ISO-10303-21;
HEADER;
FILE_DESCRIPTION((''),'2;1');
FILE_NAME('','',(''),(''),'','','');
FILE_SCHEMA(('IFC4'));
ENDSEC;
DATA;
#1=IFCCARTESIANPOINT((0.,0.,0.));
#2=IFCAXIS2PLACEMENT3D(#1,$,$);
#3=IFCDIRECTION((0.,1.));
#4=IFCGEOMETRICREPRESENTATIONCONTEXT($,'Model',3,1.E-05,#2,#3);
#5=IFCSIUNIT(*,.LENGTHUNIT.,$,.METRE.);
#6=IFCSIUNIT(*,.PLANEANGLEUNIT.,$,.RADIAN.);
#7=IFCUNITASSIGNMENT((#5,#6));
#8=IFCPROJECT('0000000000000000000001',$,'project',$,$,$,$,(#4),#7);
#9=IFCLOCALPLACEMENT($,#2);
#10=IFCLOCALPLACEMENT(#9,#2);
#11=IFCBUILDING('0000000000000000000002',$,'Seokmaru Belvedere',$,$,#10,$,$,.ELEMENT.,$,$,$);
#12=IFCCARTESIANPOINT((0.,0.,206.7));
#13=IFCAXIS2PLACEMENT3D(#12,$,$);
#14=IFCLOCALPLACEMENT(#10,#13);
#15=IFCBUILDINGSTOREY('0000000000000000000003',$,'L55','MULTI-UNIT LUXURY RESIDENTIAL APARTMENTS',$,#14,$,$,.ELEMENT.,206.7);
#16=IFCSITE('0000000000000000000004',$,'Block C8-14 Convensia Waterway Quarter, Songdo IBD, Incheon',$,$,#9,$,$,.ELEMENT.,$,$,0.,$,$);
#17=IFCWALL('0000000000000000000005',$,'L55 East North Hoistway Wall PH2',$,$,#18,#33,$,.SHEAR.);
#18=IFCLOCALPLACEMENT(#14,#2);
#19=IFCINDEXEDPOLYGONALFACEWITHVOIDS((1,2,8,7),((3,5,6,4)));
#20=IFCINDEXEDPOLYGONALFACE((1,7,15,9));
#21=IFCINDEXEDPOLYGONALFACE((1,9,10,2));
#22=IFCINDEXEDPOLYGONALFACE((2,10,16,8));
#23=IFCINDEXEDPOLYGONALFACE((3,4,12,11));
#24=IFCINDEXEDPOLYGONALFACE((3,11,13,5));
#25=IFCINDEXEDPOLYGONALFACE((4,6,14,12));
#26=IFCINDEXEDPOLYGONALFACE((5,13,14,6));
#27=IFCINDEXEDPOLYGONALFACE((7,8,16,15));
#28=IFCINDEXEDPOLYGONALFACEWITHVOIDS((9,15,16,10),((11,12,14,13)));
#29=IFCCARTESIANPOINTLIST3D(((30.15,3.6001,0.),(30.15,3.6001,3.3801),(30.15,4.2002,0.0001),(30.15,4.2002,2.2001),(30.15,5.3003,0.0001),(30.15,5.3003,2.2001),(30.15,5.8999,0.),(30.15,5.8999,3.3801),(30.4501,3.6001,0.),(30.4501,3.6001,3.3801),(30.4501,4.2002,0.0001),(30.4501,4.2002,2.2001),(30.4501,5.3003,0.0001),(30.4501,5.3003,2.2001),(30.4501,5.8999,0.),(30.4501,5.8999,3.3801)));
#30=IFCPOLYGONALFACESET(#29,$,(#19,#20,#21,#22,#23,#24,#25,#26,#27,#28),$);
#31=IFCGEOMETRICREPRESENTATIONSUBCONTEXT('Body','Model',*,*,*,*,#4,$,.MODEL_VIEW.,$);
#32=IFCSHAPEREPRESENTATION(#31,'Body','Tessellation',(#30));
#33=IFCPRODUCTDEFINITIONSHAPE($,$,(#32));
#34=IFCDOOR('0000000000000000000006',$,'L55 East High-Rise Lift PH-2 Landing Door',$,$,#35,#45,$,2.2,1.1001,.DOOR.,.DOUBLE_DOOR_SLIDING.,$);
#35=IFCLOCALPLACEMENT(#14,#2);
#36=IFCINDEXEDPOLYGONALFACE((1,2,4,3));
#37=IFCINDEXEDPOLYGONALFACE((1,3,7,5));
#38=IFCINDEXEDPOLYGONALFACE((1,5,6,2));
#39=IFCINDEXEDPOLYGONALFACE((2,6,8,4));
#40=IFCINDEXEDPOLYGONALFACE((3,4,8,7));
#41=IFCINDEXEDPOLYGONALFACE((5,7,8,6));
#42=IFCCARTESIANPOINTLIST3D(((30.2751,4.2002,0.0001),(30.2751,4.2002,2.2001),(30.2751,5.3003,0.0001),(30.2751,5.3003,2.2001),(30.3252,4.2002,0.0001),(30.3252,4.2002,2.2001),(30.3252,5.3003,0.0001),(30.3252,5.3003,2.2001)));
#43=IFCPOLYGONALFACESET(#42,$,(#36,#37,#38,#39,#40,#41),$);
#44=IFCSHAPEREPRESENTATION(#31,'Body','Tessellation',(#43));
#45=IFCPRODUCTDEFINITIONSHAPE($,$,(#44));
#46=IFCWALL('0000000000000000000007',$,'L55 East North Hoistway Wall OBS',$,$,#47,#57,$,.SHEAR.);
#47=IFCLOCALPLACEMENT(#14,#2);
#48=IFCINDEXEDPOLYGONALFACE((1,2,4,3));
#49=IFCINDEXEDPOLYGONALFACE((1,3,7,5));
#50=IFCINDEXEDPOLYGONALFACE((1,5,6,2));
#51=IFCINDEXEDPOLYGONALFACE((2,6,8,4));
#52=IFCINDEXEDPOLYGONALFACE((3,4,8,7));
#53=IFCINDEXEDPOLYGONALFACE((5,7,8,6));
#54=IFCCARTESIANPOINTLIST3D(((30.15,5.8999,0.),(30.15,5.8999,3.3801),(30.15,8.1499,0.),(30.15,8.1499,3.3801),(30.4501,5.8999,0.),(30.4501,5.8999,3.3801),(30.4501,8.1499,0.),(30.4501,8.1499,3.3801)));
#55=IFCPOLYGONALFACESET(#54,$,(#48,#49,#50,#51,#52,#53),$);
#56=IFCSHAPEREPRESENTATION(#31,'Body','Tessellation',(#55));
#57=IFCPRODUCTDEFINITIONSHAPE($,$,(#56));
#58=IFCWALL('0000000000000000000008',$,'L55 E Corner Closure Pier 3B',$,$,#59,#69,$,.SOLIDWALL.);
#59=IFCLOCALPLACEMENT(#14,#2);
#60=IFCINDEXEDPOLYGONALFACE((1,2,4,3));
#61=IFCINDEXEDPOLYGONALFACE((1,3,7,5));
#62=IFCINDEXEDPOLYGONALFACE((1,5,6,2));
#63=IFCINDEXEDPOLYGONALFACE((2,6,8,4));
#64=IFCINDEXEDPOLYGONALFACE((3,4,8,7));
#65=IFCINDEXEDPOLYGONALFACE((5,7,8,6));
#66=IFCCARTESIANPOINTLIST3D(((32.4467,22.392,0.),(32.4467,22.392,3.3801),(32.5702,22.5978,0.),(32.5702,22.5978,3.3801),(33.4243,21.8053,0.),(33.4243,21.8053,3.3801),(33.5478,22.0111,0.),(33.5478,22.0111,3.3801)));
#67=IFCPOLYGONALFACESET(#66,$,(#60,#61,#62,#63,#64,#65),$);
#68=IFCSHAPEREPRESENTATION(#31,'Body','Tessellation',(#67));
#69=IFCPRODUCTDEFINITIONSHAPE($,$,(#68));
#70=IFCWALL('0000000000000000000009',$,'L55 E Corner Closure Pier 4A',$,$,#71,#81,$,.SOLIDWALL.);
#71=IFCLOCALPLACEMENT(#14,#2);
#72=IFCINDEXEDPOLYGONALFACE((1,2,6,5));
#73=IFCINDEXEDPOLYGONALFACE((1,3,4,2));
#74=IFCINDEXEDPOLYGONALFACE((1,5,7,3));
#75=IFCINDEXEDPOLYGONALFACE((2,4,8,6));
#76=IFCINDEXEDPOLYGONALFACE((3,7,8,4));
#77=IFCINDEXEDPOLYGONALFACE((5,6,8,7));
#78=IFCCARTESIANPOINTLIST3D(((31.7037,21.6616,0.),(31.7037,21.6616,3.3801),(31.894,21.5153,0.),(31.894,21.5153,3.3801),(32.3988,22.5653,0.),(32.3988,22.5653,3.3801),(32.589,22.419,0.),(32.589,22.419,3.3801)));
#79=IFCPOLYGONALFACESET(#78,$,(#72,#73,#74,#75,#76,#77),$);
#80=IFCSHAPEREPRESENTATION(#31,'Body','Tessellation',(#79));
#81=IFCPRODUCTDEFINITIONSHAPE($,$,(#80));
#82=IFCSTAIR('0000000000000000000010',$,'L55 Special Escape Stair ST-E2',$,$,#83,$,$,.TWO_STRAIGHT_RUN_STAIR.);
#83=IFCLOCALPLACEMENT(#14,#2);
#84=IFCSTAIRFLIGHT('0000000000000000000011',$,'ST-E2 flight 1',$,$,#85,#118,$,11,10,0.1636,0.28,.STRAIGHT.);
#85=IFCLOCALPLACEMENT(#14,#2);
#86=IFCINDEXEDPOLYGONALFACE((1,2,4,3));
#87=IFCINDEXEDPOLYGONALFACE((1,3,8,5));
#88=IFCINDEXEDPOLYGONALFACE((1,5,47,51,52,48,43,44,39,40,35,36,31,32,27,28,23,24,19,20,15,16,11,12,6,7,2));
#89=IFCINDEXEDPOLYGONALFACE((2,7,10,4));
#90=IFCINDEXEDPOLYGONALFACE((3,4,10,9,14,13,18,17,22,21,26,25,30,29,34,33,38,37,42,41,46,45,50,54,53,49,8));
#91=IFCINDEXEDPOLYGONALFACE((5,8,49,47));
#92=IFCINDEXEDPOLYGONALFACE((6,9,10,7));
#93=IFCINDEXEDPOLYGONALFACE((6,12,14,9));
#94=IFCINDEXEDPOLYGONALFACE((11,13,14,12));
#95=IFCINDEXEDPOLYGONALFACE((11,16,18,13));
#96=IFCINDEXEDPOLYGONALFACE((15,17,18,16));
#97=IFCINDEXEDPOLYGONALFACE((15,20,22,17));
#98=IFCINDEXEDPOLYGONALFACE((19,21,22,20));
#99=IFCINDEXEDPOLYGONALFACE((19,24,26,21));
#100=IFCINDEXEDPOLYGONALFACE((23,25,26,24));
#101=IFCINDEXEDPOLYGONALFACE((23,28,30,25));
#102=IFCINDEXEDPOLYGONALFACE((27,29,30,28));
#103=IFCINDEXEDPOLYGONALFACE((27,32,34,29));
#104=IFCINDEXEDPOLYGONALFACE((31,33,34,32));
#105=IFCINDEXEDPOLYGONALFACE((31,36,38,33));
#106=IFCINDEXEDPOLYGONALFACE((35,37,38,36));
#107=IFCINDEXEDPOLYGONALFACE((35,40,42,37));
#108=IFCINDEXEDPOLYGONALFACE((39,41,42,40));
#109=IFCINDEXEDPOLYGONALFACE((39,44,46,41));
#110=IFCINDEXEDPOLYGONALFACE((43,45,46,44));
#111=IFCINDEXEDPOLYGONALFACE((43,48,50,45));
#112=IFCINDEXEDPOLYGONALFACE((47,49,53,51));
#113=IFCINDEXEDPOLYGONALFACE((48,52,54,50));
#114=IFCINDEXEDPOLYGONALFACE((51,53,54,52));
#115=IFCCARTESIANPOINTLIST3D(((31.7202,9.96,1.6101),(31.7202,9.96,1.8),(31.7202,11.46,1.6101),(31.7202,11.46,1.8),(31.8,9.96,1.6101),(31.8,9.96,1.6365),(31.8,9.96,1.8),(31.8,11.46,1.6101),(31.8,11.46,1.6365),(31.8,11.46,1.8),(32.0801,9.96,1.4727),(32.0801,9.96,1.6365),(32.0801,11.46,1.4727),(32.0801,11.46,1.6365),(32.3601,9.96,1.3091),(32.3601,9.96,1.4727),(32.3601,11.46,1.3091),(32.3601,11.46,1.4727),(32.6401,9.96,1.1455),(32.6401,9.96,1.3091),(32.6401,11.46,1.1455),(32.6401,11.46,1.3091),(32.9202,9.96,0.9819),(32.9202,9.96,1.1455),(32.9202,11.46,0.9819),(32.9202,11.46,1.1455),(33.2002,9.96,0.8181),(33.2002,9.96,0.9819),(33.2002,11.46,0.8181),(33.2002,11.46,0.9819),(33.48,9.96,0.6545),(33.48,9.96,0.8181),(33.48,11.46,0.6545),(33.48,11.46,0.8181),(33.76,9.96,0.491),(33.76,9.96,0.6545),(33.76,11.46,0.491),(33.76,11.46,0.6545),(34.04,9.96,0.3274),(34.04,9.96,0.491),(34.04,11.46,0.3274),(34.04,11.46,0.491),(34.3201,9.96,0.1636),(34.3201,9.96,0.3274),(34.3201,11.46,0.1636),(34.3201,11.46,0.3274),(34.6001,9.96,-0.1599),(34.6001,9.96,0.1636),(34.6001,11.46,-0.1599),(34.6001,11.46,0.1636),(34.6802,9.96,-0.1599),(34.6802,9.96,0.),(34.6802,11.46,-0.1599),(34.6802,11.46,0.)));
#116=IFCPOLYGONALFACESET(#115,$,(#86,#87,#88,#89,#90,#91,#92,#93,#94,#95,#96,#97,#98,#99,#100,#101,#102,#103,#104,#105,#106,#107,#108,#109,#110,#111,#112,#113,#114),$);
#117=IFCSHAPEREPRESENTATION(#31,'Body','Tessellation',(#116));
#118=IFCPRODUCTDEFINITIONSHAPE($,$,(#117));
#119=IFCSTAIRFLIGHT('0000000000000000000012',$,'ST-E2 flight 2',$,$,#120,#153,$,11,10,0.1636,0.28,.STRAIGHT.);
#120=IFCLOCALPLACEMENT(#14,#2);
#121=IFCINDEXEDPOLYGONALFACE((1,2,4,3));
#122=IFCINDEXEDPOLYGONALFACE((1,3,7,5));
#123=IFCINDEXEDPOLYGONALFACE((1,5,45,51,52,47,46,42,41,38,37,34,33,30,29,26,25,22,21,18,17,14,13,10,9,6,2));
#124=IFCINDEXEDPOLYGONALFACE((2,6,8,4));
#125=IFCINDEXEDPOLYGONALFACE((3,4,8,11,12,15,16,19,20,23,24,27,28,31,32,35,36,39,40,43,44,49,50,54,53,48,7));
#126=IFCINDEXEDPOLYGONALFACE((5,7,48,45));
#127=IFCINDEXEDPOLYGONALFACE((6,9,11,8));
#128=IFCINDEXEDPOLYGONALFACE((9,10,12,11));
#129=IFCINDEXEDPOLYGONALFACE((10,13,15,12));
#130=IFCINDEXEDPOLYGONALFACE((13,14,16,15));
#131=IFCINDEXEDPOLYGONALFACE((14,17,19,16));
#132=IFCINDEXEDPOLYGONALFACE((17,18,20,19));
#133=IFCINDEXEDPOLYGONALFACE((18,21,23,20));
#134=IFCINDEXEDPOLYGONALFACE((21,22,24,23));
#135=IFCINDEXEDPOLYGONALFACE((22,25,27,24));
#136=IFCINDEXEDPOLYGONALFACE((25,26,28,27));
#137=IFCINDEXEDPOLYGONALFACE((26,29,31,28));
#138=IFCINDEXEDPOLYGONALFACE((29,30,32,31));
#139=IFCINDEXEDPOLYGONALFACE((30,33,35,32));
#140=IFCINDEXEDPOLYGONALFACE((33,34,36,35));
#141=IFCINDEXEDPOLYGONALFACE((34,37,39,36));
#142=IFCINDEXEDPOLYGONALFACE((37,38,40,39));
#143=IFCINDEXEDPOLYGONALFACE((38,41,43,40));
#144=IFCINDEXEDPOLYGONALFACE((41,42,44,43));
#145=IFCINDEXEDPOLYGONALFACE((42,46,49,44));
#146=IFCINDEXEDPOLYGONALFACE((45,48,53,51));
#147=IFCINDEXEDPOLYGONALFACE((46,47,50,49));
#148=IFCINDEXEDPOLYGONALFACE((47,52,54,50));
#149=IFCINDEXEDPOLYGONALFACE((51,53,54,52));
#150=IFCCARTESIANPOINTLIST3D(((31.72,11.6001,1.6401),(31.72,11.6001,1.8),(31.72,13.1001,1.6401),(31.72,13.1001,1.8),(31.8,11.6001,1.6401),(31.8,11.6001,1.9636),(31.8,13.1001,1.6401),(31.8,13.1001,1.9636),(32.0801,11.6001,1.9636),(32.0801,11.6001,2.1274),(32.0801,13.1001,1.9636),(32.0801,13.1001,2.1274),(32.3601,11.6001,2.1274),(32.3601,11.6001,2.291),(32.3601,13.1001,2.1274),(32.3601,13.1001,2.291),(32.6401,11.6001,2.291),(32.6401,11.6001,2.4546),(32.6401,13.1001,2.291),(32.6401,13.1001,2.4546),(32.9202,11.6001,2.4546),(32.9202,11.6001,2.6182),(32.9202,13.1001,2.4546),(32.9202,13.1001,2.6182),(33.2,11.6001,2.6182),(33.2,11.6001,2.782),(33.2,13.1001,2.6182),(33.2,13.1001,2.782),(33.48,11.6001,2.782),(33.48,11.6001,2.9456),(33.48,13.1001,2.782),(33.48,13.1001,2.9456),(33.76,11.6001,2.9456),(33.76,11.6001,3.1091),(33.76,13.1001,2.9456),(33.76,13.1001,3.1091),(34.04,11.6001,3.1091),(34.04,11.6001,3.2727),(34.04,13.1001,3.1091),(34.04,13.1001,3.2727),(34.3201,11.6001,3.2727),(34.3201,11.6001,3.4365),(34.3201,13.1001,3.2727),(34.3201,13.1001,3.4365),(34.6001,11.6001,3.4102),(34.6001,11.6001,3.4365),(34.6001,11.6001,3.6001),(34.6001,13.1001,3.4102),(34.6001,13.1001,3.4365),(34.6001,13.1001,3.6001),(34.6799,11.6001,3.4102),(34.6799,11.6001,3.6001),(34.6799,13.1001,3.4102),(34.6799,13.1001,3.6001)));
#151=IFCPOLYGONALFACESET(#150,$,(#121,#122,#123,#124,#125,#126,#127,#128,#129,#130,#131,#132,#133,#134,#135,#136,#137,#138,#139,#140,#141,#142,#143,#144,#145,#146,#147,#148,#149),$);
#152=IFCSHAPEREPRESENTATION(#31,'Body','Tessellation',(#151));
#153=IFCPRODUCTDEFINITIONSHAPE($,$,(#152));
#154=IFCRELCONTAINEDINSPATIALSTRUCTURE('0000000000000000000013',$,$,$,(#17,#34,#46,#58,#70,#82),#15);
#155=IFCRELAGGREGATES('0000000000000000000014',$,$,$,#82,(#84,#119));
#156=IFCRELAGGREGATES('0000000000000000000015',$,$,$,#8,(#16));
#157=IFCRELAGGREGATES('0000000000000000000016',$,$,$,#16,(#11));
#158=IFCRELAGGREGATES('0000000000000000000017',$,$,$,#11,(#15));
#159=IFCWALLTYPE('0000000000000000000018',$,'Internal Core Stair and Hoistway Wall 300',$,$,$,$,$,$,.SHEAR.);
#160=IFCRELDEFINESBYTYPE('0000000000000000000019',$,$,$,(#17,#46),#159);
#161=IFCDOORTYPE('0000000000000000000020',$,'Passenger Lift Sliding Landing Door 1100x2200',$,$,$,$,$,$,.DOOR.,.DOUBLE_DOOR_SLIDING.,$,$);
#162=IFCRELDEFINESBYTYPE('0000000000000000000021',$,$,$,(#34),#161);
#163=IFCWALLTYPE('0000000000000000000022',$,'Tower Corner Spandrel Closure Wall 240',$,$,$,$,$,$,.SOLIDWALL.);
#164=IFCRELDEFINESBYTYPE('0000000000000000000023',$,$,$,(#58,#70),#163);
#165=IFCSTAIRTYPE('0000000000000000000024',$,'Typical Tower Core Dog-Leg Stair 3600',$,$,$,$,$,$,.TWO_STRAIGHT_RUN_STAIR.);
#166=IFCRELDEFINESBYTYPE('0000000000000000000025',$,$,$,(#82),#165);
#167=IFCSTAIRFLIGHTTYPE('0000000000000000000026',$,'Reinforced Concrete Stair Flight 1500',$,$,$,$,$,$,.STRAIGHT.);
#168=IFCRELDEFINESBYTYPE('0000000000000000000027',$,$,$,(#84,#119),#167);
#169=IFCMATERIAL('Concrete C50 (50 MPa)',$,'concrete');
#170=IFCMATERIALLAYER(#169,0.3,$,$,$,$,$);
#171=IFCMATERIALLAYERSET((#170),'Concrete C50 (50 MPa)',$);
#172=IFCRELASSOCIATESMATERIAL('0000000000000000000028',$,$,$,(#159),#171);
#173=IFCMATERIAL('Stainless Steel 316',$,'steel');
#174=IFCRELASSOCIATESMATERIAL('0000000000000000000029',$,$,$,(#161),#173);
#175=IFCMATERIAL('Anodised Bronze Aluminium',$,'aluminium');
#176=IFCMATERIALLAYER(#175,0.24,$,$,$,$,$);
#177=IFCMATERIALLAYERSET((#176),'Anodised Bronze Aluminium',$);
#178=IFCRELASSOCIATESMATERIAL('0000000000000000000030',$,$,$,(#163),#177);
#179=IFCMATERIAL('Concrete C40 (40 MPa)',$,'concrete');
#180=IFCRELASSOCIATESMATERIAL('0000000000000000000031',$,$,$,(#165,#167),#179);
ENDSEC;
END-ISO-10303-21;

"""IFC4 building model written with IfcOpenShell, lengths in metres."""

from ifc_helpers import new_model, si_unit, direction, frame, frame_2d, origin, place, context, subcontext, project, spatial, polyline, rectangle, outline, extrude, source, transform, mapped, material, layer, layer_set, type_object, type_shapes, element, fill, aggregate, save


model = new_model("IFC4")

# Units and contexts
model_context = context("Model", 3, precision=1e-05, world=origin(), true_north=direction((0.0, 1.0)))
body_context = subcontext(model_context, "Body", "Model", "MODEL_VIEW")
ifc_project = project(units=[si_unit("LENGTHUNIT", "METRE"), si_unit("PLANEANGLEUNIT", "RADIAN")], contexts=[model_context])

# Site, building, storey
site_placement = place(None, origin())
site = spatial("IfcSite", under=ifc_project, at=site_placement, Name="Block C8-14 Convensia Waterway Quarter, Songdo IBD, Incheon", CompositionType="ELEMENT", RefElevation=0.0)
building_placement = place(site_placement, origin())
building = spatial("IfcBuilding", under=site, at=building_placement, Name="Seokmaru Belvedere", CompositionType="ELEMENT")
storey_placement = place(building_placement, frame((0.0, 0.0, 206.7)))
storey = spatial("IfcBuildingStorey", under=building, at=storey_placement, Name="L55", Description="MULTI-UNIT LUXURY RESIDENTIAL APARTMENTS", CompositionType="ELEMENT", Elevation=206.7)

# Shared definitions
ifc_material_1 = material(Name="Anodised Bronze Aluminium", Category="aluminium")

# Wall, opening, door
ifc_material_2 = material(Name="Concrete C50 (50 MPa)", Category="concrete")
ifc_layer_1 = layer(ifc_material_2, 0.3)
ifc_layer_set_1 = layer_set([ifc_layer_1], Name="Concrete C50 (50 MPa)")
wall_type_1 = type_object("IfcWallType", Name="Internal Core Stair and Hoistway Wall 300", PredefinedType="SHEAR", material=ifc_layer_set_1)
wall_1_placement = place(storey_placement, frame((30.3, 3.6001, 0.0), z_axis=(0.0, 0.0, 1.0), x_axis=(0.0, 1.0, 0.0)))
wall_1 = element("IfcWall", 1, at=wall_1_placement, inside=storey, type_object=wall_type_1, Name="L55 East North Hoistway Wall PH2", PredefinedType="SHEAR", context=body_context, shape_type="SweptSolid", body=[
    extrude(rectangle(XDim=2.2998, YDim=0.3, at=frame_2d((1.1499, 0.0))), origin(), (0.0, 0.0, 1.0), 3.3801),
])
opening_1_placement = place(wall_1_placement, frame((0.6001, 0.0, 0.0)))
opening_1 = element("IfcOpeningElement", 2, at=opening_1_placement, cuts=wall_1, PredefinedType="OPENING", context=body_context, shape_type="SweptSolid", body=[
    extrude(rectangle(XDim=1.1001, YDim=2.2, at=frame_2d((0.55, 1.1001))), frame((0.0, 0.1602, 0.0), z_axis=(0.0, -1.0, 0.0), x_axis=(1.0, 0.0, 0.0)), (0.0, 0.0, 1.0), 0.3201),
])
ifc_material_3 = material(Name="Stainless Steel 316", Category="steel")
door_type_1 = type_object("IfcDoorType", Name="Passenger Lift Sliding Landing Door 1100x2200", OperationType="DOUBLE_DOOR_SLIDING", PredefinedType="DOOR", material=ifc_material_3)
shared_shape_1 = source(origin(), body_context, "Body", "SweptSolid", [
    extrude(rectangle(XDim=1.1001, YDim=2.2, at=frame_2d((0.55, 1.1001))), frame((0.0, 0.0249, 0.0), z_axis=(0.0, -1.0, 0.0), x_axis=(1.0, 0.0, 0.0)), (0.0, 0.0, 1.0), 0.05),
])
type_shapes(door_type_1, [shared_shape_1])
door_1_placement = place(opening_1_placement, origin())
door_1 = element("IfcDoor", 3, at=door_1_placement, inside=storey, type_object=door_type_1, Name="L55 East High-Rise Lift PH-2 Landing Door", OperationType="DOUBLE_DOOR_SLIDING", OverallHeight=2.2, OverallWidth=1.1001, PredefinedType="DOOR", context=body_context, shape_type="MappedRepresentation", body=[
    mapped(shared_shape_1, transform((0.0, 0.0, 0.0), scale=1.0)),
])
fill(opening_1, door_1)

# Wall
wall_2_placement = place(storey_placement, frame((30.3, 5.8999, 0.0), z_axis=(0.0, 0.0, 1.0), x_axis=(0.0, 1.0, 0.0)))
element("IfcWall", 4, at=wall_2_placement, inside=storey, type_object=wall_type_1, Name="L55 East North Hoistway Wall OBS", PredefinedType="SHEAR", context=body_context, shape_type="SweptSolid", body=[
    extrude(rectangle(XDim=2.25, YDim=0.3, at=frame_2d((1.125, 0.0))), origin(), (0.0, 0.0, 1.0), 3.3801),
])

# Walls
ifc_layer_2 = layer(ifc_material_1, 0.24)
ifc_layer_set_2 = layer_set([ifc_layer_2], Name="Anodised Bronze Aluminium")
wall_type_2 = type_object("IfcWallType", Name="Tower Corner Spandrel Closure Wall 240", PredefinedType="SOLIDWALL", material=ifc_layer_set_2)
for number, where, z_axis, x_axis, name in (
    (5, (33.4861, 21.9082, 0.0), (0.0, 0.0, 1.0), (-0.857436, 0.51459, 0.0), "L55 E Corner Closure Pier 3B"),
    (6, (32.4939, 22.4922, 0.0), (0.0, 0.0, 1.0), (-0.609618, -0.792696, 0.0), "L55 E Corner Closure Pier 4A"),
):
    element("IfcWall", number, at=place(storey_placement, frame(where, z_axis=z_axis, x_axis=x_axis)), inside=storey, type_object=wall_type_2, Name=name, PredefinedType="SOLIDWALL", context=body_context, shape_type="SweptSolid", body=[
        extrude(rectangle(XDim=1.1401, YDim=0.24, at=frame_2d((0.5701, 0.0))), origin(), (0.0, 0.0, 1.0), 3.3801),
    ])

# Stair, stair flights
ifc_material_4 = material(Name="Concrete C40 (40 MPa)", Category="concrete")
stair_type = type_object("IfcStairType", Name="Typical Tower Core Dog-Leg Stair 3600", PredefinedType="TWO_STRAIGHT_RUN_STAIR", material=ifc_material_4)
stair_placement = place(storey_placement, origin())
stair = element("IfcStair", 7, at=stair_placement, inside=storey, type_object=stair_type, Name="L55 Special Escape Stair ST-E2", PredefinedType="TWO_STRAIGHT_RUN_STAIR")
stair_flight_type = type_object("IfcStairFlightType", Name="Reinforced Concrete Stair Flight 1500", PredefinedType="STRAIGHT", material=ifc_material_4)
stair_flight_1_placement = place(storey_placement, frame((34.6001, 10.71, 0.0), z_axis=(0.0, 0.0, 1.0), x_axis=(-1.0, 0.0, 0.0)))
stair_flight_1 = element("IfcStairFlight", 8, at=stair_flight_1_placement, type_object=stair_flight_type, Name="ST-E2 flight 1", NumberOfRisers=11, NumberOfTreads=10, PredefinedType="STRAIGHT", RiserHeight=0.1636, TreadLength=0.28, context=body_context, shape_type="SweptSolid", body=[
    extrude(outline(polyline([(-0.0801, 0.0), (0.0, 0.1636), (0.28, 0.1636), (0.28, 0.3274), (0.5601, 0.3274), (0.5601, 0.491), (0.8401, 0.491), (0.8401, 0.6545), (1.1201, 0.6545), (1.1201, 0.8181), (1.3999, 0.8181), (1.3999, 0.9819), (1.6799, 0.9819), (1.6799, 1.1455), (1.96, 1.1455), (1.96, 1.3091), (2.24, 1.3091), (2.24, 1.4727), (2.52, 1.4727), (2.52, 1.6365), (2.8, 1.6365), (2.8, 1.8), (2.8799, 1.8), (2.8799, 1.6101), (2.8, 1.6101), (0.0, -0.1599), (-0.0801, -0.1599), (-0.0801, 0.0)])), frame((0.0, 0.75, 0.0), z_axis=(0.0, -1.0, 0.0), x_axis=(1.0, 0.0, 0.0)), (0.0, 0.0, 1.0), 1.5),
])
stair_flight_2_placement = place(storey_placement, frame((31.8, 12.3501, 1.8), z_axis=(0.0, 0.0, 1.0), x_axis=(1.0, 0.0, 0.0)))
stair_flight_2 = element("IfcStairFlight", 9, at=stair_flight_2_placement, type_object=stair_flight_type, Name="ST-E2 flight 2", NumberOfRisers=11, NumberOfTreads=10, PredefinedType="STRAIGHT", RiserHeight=0.1636, TreadLength=0.28, context=body_context, shape_type="SweptSolid", body=[
    extrude(outline(polyline([(-0.0801, 0.0), (0.0, 0.1636), (0.28, 0.1636), (0.28, 0.3274), (0.5601, 0.3274), (0.5601, 0.491), (0.8401, 0.491), (0.8401, 0.6545), (1.1201, 0.6545), (1.1201, 0.8181), (1.3999, 0.8181), (1.3999, 0.9819), (1.6799, 0.9819), (1.6799, 1.1455), (1.96, 1.1455), (1.96, 1.3091), (2.24, 1.3091), (2.24, 1.4727), (2.52, 1.4727), (2.52, 1.6365), (2.8, 1.6365), (2.8, 1.8), (2.8799, 1.8), (2.8799, 1.6101), (2.8, 1.6101), (0.0, -0.1599), (-0.0801, -0.1599), (-0.0801, 0.0)])), frame((0.0, 0.75, 0.0), z_axis=(0.0, -1.0, 0.0), x_axis=(1.0, 0.0, 0.0)), (0.0, 0.0, 1.0), 1.5),
])
aggregate(stair, [stair_flight_1, stair_flight_2])

save(model, "model.ifc")
